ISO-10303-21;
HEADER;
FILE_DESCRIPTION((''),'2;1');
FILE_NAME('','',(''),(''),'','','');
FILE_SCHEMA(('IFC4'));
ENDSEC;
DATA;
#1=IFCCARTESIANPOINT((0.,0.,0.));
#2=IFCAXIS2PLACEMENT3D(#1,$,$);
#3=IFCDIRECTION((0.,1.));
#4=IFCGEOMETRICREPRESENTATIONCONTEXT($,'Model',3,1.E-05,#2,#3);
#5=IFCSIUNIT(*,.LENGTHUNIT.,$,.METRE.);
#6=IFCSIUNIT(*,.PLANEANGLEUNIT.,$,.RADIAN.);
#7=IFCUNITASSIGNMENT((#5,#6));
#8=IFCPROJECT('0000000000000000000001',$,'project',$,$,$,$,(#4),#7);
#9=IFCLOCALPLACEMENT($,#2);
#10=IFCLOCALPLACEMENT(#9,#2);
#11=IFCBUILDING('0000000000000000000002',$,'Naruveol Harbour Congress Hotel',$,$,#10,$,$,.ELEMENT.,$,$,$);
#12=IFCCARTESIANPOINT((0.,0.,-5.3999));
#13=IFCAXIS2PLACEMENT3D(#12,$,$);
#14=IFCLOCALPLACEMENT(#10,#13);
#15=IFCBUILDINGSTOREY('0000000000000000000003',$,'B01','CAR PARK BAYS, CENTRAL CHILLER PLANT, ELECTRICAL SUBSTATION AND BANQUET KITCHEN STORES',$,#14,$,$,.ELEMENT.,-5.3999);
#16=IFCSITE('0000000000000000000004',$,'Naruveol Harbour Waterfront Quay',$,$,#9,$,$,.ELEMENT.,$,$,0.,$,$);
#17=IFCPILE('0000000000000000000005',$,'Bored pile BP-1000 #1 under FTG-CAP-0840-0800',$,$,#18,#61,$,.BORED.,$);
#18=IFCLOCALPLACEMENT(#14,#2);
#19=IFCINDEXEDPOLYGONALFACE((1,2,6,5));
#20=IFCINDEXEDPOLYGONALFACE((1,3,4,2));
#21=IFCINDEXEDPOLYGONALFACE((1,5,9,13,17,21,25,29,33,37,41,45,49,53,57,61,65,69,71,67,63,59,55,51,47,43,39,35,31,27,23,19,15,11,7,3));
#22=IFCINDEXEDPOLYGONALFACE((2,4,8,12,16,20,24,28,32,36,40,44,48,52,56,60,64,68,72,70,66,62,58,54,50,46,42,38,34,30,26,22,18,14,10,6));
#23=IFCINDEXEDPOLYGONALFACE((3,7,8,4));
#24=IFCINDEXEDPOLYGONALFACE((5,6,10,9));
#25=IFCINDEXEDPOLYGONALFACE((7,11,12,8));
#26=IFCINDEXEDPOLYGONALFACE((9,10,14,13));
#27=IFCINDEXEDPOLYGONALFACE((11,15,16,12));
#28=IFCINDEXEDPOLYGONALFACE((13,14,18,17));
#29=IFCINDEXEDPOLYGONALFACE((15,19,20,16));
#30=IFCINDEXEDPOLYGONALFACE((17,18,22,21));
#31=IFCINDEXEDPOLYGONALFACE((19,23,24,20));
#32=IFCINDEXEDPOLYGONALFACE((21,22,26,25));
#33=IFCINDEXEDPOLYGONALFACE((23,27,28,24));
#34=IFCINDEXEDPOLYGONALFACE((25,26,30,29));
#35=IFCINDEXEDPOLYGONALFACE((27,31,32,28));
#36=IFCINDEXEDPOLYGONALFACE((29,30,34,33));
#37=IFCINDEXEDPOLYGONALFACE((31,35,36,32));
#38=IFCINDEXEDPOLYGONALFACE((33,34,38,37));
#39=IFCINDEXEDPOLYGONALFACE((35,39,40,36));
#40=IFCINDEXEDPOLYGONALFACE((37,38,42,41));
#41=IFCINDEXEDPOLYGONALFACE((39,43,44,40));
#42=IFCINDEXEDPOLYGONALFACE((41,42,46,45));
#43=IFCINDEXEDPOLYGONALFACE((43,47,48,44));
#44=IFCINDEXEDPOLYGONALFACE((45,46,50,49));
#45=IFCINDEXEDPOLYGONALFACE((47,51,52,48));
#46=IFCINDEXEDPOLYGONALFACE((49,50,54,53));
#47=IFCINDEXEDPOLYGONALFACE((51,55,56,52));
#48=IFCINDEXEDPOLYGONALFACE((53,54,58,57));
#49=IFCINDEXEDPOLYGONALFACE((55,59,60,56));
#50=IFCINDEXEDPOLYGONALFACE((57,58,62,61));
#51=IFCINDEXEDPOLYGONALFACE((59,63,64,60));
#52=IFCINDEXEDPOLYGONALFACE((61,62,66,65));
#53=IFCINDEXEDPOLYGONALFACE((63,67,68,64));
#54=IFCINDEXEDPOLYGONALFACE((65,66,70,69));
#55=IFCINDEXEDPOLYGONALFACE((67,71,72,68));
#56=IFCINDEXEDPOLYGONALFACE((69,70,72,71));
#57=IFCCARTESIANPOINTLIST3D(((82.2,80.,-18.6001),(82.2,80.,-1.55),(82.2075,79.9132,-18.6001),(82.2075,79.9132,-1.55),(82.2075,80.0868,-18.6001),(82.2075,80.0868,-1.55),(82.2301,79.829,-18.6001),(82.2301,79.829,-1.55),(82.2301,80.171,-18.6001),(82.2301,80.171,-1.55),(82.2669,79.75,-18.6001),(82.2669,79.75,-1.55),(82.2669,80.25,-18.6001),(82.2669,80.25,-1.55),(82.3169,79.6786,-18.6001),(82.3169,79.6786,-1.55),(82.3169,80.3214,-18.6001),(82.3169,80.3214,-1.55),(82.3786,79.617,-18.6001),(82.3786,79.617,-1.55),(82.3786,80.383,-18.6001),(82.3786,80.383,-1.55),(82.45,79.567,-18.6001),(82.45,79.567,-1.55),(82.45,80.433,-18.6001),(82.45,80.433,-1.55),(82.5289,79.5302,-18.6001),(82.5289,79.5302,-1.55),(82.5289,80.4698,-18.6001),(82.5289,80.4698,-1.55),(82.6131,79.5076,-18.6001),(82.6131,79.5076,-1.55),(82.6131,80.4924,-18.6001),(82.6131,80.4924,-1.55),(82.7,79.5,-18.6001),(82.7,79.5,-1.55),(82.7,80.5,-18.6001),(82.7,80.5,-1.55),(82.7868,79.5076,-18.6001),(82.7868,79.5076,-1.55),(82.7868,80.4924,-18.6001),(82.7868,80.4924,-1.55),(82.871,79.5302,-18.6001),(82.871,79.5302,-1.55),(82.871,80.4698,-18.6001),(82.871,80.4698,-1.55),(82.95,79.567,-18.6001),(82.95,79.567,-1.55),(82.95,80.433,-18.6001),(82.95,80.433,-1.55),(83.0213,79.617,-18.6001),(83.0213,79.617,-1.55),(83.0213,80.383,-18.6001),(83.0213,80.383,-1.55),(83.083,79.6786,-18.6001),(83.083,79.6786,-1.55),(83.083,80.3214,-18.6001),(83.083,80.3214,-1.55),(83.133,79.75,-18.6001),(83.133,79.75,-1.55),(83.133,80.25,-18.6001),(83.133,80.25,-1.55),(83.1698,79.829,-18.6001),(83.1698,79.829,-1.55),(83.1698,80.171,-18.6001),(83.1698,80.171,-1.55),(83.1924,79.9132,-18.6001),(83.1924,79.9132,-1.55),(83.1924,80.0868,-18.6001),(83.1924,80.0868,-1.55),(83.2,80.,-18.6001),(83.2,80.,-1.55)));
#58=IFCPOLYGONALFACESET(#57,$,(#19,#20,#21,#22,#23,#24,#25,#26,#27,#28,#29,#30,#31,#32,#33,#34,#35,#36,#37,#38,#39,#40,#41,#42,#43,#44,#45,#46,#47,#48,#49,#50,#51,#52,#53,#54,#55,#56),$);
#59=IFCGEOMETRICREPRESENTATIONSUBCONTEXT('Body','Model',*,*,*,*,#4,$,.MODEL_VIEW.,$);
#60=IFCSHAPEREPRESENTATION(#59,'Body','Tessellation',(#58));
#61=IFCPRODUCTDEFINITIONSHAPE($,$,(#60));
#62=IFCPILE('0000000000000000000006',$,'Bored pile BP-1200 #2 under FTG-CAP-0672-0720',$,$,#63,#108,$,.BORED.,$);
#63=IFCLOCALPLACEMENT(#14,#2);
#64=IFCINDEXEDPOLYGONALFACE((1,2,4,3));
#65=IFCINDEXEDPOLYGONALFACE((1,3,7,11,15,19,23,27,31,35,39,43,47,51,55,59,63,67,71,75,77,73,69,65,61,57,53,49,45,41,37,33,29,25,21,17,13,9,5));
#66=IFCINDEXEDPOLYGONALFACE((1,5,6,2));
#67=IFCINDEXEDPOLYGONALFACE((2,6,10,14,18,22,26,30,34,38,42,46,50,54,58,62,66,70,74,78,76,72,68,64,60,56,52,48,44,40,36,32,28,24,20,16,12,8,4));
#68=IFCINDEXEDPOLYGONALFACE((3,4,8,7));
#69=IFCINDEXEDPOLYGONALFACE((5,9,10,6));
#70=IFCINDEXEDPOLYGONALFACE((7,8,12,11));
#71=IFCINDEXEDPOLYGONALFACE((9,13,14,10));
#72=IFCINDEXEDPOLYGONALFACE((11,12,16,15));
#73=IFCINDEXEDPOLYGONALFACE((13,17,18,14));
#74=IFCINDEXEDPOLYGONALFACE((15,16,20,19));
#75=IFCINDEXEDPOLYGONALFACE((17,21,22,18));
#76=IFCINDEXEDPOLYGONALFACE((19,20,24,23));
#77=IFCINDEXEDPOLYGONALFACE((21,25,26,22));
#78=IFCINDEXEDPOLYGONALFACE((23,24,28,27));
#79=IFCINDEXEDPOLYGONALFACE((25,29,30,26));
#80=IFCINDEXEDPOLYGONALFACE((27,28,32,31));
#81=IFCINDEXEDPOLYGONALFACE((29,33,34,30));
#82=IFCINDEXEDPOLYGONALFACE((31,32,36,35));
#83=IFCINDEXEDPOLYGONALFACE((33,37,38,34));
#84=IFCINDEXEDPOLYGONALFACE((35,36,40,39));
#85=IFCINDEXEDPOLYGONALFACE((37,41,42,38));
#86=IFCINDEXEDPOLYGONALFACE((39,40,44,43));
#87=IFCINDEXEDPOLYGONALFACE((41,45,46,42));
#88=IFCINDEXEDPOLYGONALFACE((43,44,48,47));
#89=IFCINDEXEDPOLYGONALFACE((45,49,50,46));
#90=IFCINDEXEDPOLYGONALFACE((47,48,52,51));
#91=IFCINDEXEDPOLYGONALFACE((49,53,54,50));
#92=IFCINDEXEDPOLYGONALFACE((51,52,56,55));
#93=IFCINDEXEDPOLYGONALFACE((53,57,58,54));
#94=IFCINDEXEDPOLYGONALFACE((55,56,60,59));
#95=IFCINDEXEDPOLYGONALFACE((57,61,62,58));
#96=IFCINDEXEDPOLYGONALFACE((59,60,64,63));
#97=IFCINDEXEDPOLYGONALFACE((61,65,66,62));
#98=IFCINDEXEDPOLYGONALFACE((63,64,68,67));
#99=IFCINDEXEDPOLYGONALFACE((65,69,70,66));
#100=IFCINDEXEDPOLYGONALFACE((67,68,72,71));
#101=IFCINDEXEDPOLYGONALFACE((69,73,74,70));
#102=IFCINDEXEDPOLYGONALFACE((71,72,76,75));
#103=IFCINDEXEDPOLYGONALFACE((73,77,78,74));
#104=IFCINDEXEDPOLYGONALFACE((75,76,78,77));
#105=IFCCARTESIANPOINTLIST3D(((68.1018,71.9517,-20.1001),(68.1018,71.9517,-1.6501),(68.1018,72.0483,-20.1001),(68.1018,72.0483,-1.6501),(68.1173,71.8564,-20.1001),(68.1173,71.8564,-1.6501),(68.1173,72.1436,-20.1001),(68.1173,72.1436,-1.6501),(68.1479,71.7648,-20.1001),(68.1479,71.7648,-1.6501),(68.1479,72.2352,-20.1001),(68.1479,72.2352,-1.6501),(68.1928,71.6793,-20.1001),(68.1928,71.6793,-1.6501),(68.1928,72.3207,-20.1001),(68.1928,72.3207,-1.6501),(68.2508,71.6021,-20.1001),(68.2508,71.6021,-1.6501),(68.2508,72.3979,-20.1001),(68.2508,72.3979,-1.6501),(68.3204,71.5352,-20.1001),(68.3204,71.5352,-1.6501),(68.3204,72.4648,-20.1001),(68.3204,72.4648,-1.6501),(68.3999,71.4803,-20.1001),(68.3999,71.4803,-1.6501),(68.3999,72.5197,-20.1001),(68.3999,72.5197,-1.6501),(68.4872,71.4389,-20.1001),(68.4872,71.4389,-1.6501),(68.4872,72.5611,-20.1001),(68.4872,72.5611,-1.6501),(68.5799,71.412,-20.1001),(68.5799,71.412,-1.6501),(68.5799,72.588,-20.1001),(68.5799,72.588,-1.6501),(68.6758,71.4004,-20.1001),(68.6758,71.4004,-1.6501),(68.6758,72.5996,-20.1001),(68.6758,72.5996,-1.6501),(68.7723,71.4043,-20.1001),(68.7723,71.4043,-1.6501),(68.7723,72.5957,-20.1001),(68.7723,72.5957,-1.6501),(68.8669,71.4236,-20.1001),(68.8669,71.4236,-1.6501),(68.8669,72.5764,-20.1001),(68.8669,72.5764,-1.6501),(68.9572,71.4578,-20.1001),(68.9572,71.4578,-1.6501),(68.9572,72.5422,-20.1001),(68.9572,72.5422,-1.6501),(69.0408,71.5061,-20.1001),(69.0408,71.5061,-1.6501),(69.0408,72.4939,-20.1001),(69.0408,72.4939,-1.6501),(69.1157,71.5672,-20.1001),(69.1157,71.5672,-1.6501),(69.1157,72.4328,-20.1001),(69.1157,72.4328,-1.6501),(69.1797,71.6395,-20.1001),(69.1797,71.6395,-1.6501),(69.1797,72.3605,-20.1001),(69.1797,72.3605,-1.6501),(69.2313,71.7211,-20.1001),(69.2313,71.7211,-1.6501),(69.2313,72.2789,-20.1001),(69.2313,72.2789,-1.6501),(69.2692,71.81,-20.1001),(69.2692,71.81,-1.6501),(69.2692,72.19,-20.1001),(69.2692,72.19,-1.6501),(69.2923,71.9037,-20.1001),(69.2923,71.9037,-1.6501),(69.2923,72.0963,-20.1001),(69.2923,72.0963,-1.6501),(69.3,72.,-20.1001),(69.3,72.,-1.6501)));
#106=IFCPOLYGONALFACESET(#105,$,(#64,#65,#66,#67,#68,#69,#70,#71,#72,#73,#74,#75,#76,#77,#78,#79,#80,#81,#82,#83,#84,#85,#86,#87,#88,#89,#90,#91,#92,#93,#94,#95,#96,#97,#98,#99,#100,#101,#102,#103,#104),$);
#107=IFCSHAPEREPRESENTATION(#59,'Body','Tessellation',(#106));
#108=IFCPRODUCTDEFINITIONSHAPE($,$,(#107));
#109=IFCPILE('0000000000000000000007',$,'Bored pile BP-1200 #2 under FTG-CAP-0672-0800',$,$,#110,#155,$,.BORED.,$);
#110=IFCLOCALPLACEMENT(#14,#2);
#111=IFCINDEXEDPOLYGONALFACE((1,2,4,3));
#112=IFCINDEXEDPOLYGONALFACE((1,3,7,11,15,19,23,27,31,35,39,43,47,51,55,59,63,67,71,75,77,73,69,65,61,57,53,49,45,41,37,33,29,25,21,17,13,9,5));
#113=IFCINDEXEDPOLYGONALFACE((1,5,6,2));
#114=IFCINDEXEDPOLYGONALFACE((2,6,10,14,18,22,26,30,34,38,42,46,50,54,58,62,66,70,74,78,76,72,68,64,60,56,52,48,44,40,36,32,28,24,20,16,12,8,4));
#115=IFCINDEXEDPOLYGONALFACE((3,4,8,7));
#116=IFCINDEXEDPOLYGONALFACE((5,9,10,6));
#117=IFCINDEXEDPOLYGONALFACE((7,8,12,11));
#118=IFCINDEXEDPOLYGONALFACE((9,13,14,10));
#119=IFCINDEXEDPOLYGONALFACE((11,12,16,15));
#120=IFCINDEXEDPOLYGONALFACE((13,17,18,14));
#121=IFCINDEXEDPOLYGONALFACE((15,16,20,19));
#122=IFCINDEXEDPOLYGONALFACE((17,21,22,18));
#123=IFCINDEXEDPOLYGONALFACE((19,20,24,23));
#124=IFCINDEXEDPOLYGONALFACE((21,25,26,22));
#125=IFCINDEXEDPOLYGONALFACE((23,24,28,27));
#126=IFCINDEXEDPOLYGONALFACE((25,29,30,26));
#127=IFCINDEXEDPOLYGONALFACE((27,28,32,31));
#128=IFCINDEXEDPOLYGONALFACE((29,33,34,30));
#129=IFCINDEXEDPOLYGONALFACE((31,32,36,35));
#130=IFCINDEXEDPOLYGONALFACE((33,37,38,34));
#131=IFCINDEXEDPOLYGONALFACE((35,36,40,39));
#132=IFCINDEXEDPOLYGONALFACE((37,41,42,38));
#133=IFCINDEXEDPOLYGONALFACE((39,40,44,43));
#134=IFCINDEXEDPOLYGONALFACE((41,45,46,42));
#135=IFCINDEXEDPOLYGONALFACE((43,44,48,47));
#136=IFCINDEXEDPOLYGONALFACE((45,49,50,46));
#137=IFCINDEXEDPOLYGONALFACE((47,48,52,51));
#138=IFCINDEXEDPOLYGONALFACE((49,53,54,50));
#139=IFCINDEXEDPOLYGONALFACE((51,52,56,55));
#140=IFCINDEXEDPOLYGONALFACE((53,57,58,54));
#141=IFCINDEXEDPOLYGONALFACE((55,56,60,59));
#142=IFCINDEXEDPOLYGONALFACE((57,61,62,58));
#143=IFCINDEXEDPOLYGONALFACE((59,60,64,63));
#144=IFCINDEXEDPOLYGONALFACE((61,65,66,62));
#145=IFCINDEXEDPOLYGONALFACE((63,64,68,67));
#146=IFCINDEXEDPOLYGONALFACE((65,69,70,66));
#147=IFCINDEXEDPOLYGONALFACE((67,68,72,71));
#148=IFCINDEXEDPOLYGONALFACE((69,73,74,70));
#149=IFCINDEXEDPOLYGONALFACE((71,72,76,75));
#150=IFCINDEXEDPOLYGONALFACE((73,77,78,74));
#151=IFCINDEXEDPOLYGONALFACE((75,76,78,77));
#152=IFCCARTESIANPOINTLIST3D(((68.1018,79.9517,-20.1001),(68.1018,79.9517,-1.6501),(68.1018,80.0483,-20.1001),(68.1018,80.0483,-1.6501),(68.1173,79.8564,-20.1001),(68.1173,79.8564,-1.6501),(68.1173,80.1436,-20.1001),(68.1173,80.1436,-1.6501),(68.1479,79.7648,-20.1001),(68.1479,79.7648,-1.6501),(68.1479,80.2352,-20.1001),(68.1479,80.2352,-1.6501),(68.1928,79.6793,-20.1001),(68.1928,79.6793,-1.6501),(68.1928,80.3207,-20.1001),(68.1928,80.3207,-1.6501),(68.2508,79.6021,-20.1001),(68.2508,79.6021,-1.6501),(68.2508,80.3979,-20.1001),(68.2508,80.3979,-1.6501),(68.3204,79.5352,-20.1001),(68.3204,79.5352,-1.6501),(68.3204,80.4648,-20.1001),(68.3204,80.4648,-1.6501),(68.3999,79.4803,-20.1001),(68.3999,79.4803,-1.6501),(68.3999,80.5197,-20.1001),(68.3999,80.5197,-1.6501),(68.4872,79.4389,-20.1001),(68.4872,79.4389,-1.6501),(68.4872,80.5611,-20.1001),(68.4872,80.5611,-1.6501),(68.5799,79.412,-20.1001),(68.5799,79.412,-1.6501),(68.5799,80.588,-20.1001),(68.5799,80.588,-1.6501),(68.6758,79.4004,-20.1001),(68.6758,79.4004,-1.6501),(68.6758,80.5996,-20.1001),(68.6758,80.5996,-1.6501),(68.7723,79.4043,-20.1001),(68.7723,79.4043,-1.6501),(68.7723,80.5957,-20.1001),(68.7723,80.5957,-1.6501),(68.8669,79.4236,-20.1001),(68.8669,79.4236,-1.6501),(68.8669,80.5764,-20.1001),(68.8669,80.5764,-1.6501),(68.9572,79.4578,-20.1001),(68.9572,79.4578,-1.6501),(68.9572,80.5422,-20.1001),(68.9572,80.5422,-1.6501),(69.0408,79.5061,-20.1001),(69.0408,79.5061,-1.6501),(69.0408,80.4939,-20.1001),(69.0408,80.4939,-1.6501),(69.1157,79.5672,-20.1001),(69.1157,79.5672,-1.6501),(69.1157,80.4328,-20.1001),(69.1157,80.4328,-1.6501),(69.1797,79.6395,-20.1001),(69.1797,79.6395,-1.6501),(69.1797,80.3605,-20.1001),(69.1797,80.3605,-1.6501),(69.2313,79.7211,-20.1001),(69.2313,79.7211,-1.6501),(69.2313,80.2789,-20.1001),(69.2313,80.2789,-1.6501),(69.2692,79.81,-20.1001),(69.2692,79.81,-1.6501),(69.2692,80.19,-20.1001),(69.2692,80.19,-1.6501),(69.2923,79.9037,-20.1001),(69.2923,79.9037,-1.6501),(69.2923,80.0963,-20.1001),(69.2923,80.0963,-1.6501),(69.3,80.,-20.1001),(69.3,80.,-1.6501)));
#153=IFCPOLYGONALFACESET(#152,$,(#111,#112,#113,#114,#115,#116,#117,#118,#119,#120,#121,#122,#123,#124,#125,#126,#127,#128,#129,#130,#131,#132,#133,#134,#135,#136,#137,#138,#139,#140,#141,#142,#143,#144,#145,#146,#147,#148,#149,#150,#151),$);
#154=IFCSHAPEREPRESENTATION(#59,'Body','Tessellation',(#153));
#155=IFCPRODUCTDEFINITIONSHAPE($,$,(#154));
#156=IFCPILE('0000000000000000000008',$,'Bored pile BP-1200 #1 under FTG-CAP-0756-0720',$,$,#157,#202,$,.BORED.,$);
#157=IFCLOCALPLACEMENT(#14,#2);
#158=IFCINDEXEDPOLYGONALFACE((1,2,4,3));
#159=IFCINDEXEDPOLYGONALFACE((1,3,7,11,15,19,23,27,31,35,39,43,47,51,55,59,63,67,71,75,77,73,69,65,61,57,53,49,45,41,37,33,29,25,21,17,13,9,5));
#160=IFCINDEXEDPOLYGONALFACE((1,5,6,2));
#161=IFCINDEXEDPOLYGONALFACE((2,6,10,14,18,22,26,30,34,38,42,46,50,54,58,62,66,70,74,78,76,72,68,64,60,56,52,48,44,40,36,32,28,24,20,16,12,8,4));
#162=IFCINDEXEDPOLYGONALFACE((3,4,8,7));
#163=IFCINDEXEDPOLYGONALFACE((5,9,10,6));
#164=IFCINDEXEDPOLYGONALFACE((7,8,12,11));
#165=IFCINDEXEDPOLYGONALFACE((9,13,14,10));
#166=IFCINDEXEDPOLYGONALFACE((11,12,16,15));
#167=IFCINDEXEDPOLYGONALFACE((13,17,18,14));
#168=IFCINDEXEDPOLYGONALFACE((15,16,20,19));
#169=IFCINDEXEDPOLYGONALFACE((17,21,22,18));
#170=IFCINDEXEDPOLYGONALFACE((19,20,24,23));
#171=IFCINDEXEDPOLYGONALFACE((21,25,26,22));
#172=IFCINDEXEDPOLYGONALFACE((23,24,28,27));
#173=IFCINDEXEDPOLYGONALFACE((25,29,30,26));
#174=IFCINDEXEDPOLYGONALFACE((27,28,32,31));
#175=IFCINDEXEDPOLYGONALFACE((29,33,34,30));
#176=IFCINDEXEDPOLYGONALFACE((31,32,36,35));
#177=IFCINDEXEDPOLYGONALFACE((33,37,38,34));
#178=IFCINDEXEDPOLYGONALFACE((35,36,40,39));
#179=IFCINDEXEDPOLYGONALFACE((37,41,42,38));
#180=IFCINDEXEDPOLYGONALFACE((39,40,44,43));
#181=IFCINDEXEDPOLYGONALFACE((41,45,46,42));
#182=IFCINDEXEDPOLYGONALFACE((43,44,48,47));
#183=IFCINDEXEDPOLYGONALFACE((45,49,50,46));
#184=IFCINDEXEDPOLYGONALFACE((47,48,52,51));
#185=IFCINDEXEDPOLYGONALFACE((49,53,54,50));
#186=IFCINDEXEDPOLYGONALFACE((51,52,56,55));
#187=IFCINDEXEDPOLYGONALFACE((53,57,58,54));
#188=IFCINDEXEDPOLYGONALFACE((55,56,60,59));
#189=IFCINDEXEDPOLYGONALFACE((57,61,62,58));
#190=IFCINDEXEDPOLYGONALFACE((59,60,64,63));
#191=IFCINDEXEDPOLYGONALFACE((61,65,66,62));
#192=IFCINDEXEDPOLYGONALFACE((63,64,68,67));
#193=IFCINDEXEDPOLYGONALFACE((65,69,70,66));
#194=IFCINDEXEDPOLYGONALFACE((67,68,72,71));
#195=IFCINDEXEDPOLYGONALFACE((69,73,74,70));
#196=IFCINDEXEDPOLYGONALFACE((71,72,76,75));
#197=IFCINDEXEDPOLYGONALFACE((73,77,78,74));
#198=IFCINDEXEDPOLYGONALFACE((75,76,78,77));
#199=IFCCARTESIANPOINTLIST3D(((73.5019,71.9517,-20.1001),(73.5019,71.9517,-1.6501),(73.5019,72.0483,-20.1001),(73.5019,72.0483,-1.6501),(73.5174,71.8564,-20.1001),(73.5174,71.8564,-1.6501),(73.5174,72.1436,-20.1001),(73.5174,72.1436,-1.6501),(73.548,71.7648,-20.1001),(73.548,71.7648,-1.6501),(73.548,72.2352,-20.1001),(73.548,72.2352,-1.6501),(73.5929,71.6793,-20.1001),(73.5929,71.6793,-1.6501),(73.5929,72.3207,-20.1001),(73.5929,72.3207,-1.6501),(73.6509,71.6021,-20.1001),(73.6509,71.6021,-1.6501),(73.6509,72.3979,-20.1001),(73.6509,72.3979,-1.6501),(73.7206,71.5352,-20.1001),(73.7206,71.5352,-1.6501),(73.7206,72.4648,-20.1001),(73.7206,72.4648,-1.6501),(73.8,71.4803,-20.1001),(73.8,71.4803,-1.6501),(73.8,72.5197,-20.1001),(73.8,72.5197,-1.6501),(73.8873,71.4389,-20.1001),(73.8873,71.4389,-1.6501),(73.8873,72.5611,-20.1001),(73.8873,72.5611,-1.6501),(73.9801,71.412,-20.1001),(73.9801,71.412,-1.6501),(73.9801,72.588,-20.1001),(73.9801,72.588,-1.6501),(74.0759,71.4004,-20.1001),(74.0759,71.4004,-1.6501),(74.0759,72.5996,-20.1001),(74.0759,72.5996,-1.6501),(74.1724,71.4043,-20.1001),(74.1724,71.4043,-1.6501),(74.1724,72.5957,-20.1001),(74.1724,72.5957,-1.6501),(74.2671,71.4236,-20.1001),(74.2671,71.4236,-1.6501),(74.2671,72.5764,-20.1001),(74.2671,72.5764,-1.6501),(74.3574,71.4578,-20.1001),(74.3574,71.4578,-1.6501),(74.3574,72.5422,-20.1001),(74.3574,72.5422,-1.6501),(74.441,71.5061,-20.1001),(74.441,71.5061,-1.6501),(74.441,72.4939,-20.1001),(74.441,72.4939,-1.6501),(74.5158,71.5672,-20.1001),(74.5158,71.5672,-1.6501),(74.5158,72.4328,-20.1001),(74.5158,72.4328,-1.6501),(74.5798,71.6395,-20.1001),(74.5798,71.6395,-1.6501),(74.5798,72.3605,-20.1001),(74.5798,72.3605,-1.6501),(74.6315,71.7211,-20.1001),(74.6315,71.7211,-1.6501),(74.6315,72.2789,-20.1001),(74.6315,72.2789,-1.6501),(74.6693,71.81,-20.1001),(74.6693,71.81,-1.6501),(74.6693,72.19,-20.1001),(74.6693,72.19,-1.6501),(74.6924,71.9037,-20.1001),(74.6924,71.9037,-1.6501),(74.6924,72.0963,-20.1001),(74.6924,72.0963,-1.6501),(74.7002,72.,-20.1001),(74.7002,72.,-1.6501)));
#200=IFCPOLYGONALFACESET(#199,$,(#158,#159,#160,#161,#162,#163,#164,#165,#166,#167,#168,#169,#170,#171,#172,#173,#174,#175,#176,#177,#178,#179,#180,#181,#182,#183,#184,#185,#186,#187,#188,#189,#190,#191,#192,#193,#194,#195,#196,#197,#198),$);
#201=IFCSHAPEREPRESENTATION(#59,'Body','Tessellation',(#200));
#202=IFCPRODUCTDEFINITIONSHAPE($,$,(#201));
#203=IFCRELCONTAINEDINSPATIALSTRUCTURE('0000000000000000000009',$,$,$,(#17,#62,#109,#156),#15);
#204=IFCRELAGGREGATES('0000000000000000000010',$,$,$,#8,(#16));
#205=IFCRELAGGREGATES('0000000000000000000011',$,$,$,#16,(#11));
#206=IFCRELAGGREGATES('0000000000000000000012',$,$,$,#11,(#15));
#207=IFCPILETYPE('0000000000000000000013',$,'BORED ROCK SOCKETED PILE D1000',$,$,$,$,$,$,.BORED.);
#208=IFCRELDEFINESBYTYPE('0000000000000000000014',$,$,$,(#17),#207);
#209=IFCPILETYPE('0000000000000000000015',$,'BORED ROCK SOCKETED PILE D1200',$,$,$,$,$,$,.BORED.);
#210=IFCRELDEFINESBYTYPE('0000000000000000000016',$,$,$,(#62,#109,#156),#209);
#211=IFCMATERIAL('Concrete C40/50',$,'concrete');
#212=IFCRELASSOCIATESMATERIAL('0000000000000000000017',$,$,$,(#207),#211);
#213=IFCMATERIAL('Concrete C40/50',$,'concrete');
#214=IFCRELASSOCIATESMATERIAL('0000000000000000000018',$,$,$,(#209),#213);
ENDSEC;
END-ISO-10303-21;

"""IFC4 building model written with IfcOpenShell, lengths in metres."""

from ifc_helpers import new_model, si_unit, direction, frame, origin, origin_2d, place, context, subcontext, project, spatial, circle, extrude, material, material_profile, profile_set, type_object, element, save


model = new_model("IFC4")

# Units and contexts
model_context = context("Model", 3, precision=1e-05, world=origin(), true_north=direction((0.0, 1.0)))
body_context = subcontext(model_context, "Body", "Model", "MODEL_VIEW")
ifc_project = project(units=[si_unit("LENGTHUNIT", "METRE"), si_unit("PLANEANGLEUNIT", "RADIAN")], contexts=[model_context])

# Site, building, storey
site_placement = place(None, origin())
site = spatial("IfcSite", under=ifc_project, at=site_placement, Name="Naruveol Harbour Waterfront Quay", CompositionType="ELEMENT", RefElevation=0.0)
building_placement = place(site_placement, origin())
building = spatial("IfcBuilding", under=site, at=building_placement, Name="Naruveol Harbour Congress Hotel", CompositionType="ELEMENT")
storey_placement = place(building_placement, frame((0.0, 0.0, -5.3999)))
storey = spatial("IfcBuildingStorey", under=building, at=storey_placement, Name="B01", Description="CAR PARK BAYS, CENTRAL CHILLER PLANT, ELECTRICAL SUBSTATION AND BANQUET KITCHEN STORES", CompositionType="ELEMENT", Elevation=-5.3999)

# Piles
ifc_material_1 = material(Name="Concrete C40/50", Category="concrete")
ifc_material_profile_1 = material_profile(ifc_material_1, circle(Radius=0.5, at=origin_2d()), Name="BP-1000")
ifc_profile_set_1 = profile_set([ifc_material_profile_1], Name="Concrete C40/50")
pile_type_1 = type_object("IfcPileType", Name="BORED ROCK SOCKETED PILE D1000", PredefinedType="BORED", material=ifc_profile_set_1)
pile_placement = place(storey_placement, frame((82.7, 80.0, -1.55), z_axis=(0.0, 0.0, -1.0), x_axis=(1.0, 0.0, 0.0)))
element("IfcPile", 1, at=pile_placement, inside=storey, type_object=pile_type_1, Name="Bored pile BP-1000 #1 under FTG-CAP-0840-0800", PredefinedType="BORED", context=body_context, shape_type="SweptSolid", body=[
    extrude(circle(Radius=0.5, at=origin_2d()), origin(), (0.0, 0.0, 1.0), 17.05),
])
ifc_material_2 = material(Name="Concrete C40/50", Category="concrete")
ifc_material_profile_2 = material_profile(ifc_material_2, circle(Radius=0.6001, at=origin_2d()), Name="BP-1200")
ifc_profile_set_2 = profile_set([ifc_material_profile_2], Name="Concrete C40/50")
pile_type_2 = type_object("IfcPileType", Name="BORED ROCK SOCKETED PILE D1200", PredefinedType="BORED", material=ifc_profile_set_2)
for number, where, z_axis, x_axis, name in (
    (2, (68.7, 72.0, -1.6501), (0.0, 0.0, -1.0), (1.0, 0.0, 0.0), "Bored pile BP-1200 #2 under FTG-CAP-0672-0720"),
    (3, (68.7, 80.0, -1.6501), (0.0, 0.0, -1.0), (1.0, 0.0, 0.0), "Bored pile BP-1200 #2 under FTG-CAP-0672-0800"),
    (4, (74.1001, 72.0, -1.6501), (0.0, 0.0, -1.0), (1.0, 0.0, 0.0), "Bored pile BP-1200 #1 under FTG-CAP-0756-0720"),
):
    element("IfcPile", number, at=place(storey_placement, frame(where, z_axis=z_axis, x_axis=x_axis)), inside=storey, type_object=pile_type_2, Name=name, PredefinedType="BORED", context=body_context, shape_type="SweptSolid", body=[
        extrude(circle(Radius=0.6001, at=origin_2d()), origin(), (0.0, 0.0, 1.0), 18.45),
    ])

save(model, "model.ifc")
